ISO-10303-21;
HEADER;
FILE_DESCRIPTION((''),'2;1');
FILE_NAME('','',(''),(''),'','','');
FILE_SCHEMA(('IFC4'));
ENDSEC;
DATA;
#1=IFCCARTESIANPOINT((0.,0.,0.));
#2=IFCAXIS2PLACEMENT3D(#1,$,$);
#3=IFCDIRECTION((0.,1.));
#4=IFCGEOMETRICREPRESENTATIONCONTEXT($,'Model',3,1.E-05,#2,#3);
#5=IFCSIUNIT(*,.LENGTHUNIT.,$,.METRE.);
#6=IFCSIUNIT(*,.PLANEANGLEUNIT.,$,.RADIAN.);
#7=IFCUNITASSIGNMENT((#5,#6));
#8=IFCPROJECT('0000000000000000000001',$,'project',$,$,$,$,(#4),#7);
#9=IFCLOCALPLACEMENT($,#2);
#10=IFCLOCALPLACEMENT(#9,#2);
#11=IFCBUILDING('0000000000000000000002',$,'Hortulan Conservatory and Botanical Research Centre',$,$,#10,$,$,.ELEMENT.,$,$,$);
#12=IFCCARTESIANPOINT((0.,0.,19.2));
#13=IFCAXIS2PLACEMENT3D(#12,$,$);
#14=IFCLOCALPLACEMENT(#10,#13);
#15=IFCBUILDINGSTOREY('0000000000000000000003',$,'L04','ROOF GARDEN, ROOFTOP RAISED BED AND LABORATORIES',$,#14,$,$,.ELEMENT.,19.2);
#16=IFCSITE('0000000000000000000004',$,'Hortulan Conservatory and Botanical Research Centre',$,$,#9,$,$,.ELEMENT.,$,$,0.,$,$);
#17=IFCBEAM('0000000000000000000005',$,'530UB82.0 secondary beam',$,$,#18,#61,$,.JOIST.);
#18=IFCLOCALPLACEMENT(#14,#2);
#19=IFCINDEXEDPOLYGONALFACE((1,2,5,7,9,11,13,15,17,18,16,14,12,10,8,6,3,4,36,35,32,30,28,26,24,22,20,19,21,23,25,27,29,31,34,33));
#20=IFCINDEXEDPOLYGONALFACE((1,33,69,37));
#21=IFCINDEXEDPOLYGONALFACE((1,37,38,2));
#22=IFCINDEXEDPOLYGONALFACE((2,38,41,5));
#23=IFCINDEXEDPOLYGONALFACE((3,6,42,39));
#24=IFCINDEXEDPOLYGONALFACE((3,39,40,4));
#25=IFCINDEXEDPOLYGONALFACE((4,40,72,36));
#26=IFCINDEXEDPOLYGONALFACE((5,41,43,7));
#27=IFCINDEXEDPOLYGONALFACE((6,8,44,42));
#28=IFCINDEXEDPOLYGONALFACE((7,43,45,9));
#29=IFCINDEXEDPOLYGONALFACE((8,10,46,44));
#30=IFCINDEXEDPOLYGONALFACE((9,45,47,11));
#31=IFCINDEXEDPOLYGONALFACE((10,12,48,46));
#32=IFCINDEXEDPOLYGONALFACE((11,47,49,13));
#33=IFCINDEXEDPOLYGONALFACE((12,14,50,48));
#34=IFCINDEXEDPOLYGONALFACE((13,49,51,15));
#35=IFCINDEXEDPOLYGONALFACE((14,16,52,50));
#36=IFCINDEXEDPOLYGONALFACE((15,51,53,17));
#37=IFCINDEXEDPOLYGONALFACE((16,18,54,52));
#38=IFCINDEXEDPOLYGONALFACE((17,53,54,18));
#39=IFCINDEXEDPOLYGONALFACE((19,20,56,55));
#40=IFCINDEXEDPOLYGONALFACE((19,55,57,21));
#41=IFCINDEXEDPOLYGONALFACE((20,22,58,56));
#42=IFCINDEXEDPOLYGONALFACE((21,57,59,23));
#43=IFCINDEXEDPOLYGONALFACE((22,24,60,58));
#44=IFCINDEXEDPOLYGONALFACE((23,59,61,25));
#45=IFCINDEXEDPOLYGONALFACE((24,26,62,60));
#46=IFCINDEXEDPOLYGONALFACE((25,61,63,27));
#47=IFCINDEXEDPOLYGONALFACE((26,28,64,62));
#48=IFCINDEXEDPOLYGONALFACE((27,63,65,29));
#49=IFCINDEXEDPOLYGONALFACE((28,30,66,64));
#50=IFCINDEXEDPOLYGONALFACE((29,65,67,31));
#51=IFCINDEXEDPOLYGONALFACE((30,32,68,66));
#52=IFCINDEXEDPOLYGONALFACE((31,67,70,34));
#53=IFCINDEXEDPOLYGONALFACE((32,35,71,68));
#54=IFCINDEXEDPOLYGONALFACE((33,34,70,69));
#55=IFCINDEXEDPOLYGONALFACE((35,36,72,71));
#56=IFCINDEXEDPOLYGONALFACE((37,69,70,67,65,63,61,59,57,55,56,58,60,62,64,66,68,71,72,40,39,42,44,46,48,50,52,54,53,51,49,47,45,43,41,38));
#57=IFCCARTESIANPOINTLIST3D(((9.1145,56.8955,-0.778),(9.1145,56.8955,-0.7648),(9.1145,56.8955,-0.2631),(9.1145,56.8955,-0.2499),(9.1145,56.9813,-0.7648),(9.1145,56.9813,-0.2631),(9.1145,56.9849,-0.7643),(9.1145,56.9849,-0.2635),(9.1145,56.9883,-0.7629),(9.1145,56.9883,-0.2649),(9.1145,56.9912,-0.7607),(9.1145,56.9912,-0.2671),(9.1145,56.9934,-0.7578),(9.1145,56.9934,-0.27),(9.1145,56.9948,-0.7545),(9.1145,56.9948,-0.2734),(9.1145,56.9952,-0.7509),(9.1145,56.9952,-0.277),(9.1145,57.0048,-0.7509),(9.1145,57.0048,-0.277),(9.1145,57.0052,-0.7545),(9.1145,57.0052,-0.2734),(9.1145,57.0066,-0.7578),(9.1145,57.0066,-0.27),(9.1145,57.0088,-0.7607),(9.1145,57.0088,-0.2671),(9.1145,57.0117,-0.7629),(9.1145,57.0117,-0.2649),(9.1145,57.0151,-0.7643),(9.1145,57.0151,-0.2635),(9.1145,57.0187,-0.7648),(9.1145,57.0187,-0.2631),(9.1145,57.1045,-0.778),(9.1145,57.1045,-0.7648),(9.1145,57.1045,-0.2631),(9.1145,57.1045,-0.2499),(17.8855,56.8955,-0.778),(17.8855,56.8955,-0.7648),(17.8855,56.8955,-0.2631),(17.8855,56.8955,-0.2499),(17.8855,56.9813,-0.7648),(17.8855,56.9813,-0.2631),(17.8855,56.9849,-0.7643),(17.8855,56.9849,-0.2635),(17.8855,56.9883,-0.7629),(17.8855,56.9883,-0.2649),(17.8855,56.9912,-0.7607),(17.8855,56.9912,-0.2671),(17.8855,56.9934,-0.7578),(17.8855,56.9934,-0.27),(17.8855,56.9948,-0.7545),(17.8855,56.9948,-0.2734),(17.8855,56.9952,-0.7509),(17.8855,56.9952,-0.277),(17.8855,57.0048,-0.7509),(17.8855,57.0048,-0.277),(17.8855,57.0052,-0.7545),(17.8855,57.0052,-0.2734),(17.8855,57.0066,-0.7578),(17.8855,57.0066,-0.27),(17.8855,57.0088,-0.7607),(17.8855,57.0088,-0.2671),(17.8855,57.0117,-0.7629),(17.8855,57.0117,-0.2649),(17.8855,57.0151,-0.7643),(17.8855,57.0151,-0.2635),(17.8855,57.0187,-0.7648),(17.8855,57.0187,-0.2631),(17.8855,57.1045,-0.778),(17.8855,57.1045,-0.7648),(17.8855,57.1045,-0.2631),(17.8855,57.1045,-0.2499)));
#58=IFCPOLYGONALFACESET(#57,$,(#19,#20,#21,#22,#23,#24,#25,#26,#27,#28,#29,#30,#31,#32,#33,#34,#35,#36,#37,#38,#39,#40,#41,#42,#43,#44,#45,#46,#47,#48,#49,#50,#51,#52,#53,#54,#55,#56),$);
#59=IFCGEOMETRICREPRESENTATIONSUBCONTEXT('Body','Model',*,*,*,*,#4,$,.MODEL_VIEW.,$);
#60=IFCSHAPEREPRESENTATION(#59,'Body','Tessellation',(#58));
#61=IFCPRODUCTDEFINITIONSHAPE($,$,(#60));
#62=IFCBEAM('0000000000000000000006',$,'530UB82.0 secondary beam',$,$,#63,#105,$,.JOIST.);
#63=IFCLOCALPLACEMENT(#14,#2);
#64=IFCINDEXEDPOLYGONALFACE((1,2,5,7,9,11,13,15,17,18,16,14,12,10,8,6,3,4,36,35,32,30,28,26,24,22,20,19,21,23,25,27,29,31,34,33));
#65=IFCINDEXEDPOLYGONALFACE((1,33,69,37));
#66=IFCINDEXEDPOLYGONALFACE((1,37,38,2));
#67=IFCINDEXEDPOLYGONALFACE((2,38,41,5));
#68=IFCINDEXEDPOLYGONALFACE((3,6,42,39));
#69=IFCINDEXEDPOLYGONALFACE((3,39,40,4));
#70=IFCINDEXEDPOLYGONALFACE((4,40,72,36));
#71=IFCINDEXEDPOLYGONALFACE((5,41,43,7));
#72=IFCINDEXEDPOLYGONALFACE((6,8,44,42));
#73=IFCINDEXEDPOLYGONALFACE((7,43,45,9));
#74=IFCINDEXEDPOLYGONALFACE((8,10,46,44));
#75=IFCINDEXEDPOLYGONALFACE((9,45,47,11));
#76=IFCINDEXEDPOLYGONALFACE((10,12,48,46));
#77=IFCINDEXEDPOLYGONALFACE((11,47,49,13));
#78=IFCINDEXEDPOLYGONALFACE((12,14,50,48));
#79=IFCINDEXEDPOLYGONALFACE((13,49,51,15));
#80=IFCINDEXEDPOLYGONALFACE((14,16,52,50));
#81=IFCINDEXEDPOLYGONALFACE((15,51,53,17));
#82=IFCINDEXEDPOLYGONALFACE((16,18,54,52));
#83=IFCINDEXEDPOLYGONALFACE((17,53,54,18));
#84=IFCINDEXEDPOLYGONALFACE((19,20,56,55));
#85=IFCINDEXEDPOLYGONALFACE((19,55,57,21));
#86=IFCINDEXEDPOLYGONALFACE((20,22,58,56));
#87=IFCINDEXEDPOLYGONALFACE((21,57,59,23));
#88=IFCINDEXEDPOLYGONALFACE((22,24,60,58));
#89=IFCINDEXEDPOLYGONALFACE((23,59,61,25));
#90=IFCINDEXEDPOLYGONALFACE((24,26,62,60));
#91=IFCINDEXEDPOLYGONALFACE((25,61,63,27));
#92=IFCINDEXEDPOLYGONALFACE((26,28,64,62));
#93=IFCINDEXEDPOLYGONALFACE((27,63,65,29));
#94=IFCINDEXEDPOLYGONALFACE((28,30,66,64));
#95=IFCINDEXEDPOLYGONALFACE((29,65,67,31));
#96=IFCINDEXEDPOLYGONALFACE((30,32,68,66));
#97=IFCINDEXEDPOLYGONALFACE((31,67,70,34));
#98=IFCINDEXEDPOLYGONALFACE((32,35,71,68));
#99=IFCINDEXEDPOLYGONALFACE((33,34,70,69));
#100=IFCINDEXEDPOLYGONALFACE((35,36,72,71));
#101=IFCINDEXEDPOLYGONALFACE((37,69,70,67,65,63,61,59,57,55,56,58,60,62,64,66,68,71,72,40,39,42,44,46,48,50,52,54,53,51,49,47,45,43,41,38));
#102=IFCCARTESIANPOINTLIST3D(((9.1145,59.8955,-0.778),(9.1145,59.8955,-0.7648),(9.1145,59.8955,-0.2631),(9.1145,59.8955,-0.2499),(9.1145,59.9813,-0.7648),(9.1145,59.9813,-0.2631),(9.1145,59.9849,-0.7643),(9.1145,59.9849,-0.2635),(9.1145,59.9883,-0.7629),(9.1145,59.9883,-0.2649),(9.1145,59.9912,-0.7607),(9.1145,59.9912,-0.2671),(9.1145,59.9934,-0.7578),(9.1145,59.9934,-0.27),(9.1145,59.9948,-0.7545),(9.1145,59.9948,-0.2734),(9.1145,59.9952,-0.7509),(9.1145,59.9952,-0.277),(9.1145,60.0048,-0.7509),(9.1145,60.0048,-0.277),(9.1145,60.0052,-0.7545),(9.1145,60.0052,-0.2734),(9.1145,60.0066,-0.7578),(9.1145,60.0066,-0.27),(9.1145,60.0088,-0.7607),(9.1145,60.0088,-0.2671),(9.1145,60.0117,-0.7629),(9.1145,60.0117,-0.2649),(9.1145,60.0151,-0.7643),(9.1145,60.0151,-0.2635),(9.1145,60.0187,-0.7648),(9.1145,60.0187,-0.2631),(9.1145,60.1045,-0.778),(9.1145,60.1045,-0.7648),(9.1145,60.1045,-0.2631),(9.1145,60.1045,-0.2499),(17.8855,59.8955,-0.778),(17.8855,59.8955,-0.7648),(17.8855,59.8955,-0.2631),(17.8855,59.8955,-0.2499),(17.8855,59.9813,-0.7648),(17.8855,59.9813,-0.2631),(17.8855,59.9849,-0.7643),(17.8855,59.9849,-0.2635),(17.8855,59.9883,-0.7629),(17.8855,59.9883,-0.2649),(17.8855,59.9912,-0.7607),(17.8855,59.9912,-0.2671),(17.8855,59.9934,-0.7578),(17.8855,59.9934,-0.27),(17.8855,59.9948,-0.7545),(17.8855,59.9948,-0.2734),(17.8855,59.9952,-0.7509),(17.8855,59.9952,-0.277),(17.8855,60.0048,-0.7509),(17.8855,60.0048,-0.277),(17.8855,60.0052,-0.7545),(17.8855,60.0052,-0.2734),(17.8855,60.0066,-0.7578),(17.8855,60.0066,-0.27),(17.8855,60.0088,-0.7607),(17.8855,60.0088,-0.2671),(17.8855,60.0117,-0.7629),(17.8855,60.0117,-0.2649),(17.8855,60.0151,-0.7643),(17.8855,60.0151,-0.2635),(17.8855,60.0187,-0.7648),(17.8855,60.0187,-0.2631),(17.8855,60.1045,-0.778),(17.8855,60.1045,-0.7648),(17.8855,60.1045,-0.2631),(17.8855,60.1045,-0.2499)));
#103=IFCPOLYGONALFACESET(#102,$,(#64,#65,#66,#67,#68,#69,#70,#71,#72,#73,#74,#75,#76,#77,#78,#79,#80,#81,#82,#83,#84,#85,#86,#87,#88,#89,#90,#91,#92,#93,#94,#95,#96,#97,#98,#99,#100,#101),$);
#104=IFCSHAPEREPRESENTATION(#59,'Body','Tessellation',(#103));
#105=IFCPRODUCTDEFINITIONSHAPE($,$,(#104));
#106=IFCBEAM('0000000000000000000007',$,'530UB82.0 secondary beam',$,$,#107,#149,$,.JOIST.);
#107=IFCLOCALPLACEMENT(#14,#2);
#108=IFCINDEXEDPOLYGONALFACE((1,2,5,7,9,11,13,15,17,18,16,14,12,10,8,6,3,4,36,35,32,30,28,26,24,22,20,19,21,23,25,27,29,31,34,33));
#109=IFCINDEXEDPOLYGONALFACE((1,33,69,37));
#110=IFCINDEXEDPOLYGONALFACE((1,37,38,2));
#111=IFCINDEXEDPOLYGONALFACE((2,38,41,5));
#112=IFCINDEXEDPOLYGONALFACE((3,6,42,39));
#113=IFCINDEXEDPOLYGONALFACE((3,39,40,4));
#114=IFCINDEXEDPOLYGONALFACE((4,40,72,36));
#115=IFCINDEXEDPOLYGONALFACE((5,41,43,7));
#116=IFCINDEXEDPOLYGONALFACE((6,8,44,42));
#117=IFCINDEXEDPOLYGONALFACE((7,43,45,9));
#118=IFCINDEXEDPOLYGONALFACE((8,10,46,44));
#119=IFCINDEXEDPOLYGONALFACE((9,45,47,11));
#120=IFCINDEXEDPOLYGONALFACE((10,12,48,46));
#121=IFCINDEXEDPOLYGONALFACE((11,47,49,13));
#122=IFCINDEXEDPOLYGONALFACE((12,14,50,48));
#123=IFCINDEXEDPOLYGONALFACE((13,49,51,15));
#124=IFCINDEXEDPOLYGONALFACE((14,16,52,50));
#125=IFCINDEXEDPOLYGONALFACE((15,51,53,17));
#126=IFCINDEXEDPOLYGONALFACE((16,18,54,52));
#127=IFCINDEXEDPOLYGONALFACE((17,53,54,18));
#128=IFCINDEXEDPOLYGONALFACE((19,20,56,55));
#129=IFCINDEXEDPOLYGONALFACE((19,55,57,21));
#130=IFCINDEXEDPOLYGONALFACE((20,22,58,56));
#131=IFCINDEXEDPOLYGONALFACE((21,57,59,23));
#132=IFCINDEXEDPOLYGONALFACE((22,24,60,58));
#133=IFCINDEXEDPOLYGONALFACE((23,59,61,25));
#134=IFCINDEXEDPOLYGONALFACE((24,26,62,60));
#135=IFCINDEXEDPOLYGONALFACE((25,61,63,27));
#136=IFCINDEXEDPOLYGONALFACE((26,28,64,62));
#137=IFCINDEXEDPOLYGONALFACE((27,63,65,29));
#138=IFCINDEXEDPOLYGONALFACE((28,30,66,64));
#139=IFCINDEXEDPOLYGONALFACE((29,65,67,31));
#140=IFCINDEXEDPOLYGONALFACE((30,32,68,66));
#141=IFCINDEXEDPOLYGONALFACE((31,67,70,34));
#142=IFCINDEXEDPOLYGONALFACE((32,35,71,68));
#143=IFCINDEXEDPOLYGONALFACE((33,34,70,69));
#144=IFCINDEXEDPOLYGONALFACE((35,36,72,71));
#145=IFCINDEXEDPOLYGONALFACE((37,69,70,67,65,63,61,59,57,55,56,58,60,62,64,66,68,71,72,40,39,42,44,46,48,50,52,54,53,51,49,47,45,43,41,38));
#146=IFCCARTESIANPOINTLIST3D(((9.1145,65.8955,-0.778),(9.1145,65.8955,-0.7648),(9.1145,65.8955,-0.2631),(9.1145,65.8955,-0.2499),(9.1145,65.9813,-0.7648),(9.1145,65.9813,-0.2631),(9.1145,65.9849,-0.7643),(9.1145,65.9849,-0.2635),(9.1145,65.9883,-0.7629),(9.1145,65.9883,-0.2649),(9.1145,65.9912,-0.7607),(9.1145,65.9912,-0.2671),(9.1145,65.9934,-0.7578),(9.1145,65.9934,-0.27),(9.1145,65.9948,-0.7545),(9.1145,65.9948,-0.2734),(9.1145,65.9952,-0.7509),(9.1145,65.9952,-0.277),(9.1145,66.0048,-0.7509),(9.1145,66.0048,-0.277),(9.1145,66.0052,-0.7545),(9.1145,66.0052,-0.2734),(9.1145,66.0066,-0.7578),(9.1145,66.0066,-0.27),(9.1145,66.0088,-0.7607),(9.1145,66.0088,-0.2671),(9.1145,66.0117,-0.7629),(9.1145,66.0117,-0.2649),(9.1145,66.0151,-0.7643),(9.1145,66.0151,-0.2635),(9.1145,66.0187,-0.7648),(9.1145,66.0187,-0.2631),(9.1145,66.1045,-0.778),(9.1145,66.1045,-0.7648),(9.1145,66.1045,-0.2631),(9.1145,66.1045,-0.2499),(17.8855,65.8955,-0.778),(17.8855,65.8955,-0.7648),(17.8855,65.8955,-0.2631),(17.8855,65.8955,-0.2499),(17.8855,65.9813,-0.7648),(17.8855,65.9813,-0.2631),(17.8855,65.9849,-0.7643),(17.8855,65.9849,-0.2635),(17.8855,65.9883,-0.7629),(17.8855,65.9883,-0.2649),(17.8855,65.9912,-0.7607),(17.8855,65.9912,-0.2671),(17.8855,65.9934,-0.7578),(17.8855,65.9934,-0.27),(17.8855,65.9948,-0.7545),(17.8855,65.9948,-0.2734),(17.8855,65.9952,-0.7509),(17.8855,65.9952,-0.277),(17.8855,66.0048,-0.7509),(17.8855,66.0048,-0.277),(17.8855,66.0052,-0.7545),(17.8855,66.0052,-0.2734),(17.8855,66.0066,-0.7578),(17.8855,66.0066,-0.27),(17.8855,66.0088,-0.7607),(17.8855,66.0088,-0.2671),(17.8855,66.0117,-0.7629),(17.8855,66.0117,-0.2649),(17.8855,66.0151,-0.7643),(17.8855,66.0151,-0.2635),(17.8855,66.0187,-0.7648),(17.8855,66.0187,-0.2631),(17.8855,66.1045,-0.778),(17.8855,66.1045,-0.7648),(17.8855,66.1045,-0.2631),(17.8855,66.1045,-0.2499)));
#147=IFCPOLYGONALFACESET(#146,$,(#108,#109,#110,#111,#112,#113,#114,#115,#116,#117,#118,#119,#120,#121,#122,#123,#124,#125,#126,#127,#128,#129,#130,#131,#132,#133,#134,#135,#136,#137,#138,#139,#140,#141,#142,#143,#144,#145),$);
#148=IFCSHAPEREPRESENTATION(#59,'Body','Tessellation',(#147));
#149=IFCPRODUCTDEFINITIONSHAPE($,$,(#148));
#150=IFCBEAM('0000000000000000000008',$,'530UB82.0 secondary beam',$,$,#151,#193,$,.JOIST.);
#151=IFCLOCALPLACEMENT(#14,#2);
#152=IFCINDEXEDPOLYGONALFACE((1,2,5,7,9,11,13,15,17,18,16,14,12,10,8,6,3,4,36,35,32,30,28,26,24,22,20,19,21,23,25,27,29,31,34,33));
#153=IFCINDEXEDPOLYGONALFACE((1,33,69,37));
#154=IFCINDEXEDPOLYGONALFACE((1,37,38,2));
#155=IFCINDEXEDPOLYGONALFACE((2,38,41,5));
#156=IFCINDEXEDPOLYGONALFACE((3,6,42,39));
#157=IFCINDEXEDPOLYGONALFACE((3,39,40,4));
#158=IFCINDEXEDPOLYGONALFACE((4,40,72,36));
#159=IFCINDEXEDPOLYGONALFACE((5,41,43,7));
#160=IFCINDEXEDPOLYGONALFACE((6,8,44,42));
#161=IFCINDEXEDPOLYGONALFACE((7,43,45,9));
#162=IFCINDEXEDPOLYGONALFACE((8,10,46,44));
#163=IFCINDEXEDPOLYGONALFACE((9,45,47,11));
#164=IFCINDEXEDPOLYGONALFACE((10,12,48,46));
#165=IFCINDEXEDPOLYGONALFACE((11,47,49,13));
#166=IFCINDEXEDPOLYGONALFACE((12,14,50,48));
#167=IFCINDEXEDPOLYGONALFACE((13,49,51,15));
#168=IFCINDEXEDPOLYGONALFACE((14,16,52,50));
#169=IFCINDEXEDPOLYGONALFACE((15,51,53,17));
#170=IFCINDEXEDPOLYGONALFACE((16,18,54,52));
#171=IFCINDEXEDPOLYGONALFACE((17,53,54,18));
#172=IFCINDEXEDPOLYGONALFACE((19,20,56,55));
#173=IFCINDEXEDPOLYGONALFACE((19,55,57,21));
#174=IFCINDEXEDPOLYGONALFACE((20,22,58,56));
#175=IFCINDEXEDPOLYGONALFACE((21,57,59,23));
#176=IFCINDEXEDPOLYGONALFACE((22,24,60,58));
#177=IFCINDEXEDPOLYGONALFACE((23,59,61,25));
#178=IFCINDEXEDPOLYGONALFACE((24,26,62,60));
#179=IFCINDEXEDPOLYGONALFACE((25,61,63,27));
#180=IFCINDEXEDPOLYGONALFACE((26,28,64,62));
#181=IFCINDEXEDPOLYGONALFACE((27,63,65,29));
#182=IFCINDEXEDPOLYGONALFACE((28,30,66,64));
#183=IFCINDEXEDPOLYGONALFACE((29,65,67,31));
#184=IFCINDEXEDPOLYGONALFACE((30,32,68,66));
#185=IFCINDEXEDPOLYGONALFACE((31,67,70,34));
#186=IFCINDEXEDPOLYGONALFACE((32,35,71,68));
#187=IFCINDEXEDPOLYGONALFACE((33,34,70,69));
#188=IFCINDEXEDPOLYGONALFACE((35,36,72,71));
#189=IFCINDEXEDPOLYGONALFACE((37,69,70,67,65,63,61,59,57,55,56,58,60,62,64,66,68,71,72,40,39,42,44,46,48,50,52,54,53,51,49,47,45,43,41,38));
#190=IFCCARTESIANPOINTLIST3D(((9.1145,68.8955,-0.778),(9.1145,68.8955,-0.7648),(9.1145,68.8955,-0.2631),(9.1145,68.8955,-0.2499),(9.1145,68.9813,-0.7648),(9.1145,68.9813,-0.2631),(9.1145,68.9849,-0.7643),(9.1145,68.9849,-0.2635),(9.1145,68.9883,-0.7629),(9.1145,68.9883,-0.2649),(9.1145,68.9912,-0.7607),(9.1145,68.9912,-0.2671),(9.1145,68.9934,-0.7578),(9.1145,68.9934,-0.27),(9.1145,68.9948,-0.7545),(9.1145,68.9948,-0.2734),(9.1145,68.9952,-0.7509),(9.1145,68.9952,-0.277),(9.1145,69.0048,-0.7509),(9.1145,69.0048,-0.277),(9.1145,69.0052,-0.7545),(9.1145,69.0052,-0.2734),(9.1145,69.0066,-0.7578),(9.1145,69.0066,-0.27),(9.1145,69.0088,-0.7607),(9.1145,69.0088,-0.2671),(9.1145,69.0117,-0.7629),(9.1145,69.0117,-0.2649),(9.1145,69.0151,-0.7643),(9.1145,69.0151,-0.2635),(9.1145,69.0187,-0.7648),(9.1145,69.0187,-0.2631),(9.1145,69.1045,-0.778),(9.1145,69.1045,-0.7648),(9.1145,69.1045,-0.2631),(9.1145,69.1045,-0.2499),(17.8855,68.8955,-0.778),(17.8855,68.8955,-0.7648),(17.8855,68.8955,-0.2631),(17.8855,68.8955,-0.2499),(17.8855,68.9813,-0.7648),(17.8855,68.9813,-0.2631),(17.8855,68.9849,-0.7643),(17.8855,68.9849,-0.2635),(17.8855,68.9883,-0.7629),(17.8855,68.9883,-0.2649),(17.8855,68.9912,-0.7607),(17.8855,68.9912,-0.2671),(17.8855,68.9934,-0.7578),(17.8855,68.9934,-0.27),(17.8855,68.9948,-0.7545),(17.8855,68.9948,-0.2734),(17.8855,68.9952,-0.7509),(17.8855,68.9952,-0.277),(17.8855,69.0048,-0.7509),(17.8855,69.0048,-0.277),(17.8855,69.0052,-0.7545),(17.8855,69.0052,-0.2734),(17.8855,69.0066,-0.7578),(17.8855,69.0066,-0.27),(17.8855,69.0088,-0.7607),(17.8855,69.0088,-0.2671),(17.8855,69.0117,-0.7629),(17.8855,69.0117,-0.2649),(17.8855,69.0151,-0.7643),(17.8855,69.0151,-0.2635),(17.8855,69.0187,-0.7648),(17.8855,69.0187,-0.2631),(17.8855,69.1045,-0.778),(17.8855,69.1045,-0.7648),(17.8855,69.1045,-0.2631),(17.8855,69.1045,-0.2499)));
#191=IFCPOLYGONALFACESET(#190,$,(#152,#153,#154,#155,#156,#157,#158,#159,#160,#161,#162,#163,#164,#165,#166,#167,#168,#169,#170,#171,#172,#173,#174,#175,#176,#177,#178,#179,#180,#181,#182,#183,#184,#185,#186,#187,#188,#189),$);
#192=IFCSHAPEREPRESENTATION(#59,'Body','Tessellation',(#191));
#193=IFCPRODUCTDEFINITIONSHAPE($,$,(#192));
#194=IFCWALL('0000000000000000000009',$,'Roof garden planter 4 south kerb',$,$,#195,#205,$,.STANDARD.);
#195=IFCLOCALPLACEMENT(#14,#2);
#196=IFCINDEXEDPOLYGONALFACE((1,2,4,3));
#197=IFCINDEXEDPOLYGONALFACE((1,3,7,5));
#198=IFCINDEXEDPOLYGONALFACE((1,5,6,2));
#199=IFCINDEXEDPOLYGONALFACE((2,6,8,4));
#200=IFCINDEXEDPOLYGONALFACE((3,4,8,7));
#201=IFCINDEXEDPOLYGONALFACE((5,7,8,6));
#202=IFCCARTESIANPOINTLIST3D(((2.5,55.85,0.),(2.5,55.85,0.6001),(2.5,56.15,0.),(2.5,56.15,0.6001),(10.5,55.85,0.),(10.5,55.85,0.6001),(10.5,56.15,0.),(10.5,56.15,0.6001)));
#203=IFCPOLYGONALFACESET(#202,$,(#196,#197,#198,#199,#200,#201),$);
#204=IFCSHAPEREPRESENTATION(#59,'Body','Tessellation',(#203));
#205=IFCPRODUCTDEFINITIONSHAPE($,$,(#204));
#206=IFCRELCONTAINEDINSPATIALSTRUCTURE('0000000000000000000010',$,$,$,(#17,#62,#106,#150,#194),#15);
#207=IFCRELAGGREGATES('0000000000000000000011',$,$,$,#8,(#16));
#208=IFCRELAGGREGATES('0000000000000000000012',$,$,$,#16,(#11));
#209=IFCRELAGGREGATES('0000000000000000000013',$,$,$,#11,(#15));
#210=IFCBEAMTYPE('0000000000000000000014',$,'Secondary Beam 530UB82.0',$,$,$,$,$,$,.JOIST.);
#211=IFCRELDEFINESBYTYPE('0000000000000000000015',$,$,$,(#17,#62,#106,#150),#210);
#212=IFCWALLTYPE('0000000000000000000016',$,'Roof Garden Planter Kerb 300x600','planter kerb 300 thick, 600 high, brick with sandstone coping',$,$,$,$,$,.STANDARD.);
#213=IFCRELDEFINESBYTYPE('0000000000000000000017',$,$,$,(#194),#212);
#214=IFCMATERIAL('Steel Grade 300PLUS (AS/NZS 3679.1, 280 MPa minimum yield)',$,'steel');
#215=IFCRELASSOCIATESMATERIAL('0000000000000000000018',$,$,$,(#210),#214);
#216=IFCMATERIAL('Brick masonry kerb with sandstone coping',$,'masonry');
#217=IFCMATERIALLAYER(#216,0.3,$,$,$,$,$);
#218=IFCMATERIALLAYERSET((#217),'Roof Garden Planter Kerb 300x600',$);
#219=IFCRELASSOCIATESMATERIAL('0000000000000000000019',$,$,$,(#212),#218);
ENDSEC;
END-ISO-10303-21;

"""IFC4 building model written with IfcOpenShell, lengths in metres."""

from ifc_helpers import new_model, si_unit, direction, frame, frame_2d, origin, origin_2d, place, context, subcontext, project, spatial, rectangle, i_section, extrude, material, layer, layer_set, material_profile, profile_set, type_object, element, save


model = new_model("IFC4")

# Units and contexts
model_context = context("Model", 3, precision=1e-05, world=origin(), true_north=direction((0.0, 1.0)))
body_context = subcontext(model_context, "Body", "Model", "MODEL_VIEW")
ifc_project = project(units=[si_unit("LENGTHUNIT", "METRE"), si_unit("PLANEANGLEUNIT", "RADIAN")], contexts=[model_context])

# Site, building, storey
site_placement = place(None, origin())
site = spatial("IfcSite", under=ifc_project, at=site_placement, Name="Hortulan Conservatory and Botanical Research Centre", CompositionType="ELEMENT", RefElevation=0.0)
building_placement = place(site_placement, origin())
building = spatial("IfcBuilding", under=site, at=building_placement, Name="Hortulan Conservatory and Botanical Research Centre", CompositionType="ELEMENT")
storey_placement = place(building_placement, frame((0.0, 0.0, 19.2)))
storey = spatial("IfcBuildingStorey", under=building, at=storey_placement, Name="L04", Description="ROOF GARDEN, ROOFTOP RAISED BED AND LABORATORIES", CompositionType="ELEMENT", Elevation=19.2)

# Beams
ifc_material_1 = material(Name="Steel Grade 300PLUS (AS/NZS 3679.1, 280 MPa minimum yield)", Category="steel")
ifc_material_profile_1 = material_profile(ifc_material_1, i_section(OverallWidth=0.209, OverallDepth=0.5281, WebThickness=0.0095, FlangeThickness=0.0132, FilletRadius=0.0139, at=origin_2d()), Name="530UB82.0")
ifc_profile_set_1 = profile_set([ifc_material_profile_1], Name="Steel Grade 300PLUS (AS/NZS 3679.1, 280 MPa minimum yield)")
beam_type_1 = type_object("IfcBeamType", Name="Secondary Beam 530UB82.0", PredefinedType="JOIST", material=ifc_profile_set_1)
for number, where, z_axis, x_axis, name in (
    (1, (9.1145, 57.0, -0.5139), (1.0, 0.0, 0.0), (0.0, 1.0, 0.0), "530UB82.0 secondary beam"),
    (2, (9.1145, 60.0, -0.5139), (1.0, 0.0, 0.0), (0.0, 1.0, 0.0), "530UB82.0 secondary beam"),
    (3, (9.1145, 66.0, -0.5139), (1.0, 0.0, 0.0), (0.0, 1.0, 0.0), "530UB82.0 secondary beam"),
    (4, (9.1145, 69.0, -0.5139), (1.0, 0.0, 0.0), (0.0, 1.0, 0.0), "530UB82.0 secondary beam"),
):
    element("IfcBeam", number, at=place(storey_placement, frame(where, z_axis=z_axis, x_axis=x_axis)), inside=storey, type_object=beam_type_1, Name=name, PredefinedType="JOIST", context=body_context, shape_type="SweptSolid", body=[
        extrude(i_section(OverallWidth=0.209, OverallDepth=0.5281, WebThickness=0.0095, FlangeThickness=0.0132, FilletRadius=0.0139, at=origin_2d()), origin(), (0.0, 0.0, 1.0), 8.771),
    ])

# Wall
ifc_material_2 = material(Name="Brick masonry kerb with sandstone coping", Category="masonry")
ifc_layer = layer(ifc_material_2, 0.3)
ifc_layer_set = layer_set([ifc_layer], Name="Roof Garden Planter Kerb 300x600")
wall_type = type_object("IfcWallType", Name="Roof Garden Planter Kerb 300x600", Description="planter kerb 300 thick, 600 high, brick with sandstone coping", PredefinedType="STANDARD", material=ifc_layer_set)
for number, where, z_axis, x_axis, name in (
    (5, (2.5, 56.0, 0.0), (0.0, 0.0, 1.0), (1.0, 0.0, 0.0), "Roof garden planter 4 south kerb"),
):
    element("IfcWall", number, at=place(storey_placement, frame(where, z_axis=z_axis, x_axis=x_axis)), inside=storey, type_object=wall_type, Name=name, PredefinedType="STANDARD", context=body_context, shape_type="SweptSolid", body=[
        extrude(rectangle(XDim=8.0, YDim=0.3, at=frame_2d((4.0, 0.0))), origin(), (0.0, 0.0, 1.0), 0.6001),
    ])

save(model, "model.ifc")
